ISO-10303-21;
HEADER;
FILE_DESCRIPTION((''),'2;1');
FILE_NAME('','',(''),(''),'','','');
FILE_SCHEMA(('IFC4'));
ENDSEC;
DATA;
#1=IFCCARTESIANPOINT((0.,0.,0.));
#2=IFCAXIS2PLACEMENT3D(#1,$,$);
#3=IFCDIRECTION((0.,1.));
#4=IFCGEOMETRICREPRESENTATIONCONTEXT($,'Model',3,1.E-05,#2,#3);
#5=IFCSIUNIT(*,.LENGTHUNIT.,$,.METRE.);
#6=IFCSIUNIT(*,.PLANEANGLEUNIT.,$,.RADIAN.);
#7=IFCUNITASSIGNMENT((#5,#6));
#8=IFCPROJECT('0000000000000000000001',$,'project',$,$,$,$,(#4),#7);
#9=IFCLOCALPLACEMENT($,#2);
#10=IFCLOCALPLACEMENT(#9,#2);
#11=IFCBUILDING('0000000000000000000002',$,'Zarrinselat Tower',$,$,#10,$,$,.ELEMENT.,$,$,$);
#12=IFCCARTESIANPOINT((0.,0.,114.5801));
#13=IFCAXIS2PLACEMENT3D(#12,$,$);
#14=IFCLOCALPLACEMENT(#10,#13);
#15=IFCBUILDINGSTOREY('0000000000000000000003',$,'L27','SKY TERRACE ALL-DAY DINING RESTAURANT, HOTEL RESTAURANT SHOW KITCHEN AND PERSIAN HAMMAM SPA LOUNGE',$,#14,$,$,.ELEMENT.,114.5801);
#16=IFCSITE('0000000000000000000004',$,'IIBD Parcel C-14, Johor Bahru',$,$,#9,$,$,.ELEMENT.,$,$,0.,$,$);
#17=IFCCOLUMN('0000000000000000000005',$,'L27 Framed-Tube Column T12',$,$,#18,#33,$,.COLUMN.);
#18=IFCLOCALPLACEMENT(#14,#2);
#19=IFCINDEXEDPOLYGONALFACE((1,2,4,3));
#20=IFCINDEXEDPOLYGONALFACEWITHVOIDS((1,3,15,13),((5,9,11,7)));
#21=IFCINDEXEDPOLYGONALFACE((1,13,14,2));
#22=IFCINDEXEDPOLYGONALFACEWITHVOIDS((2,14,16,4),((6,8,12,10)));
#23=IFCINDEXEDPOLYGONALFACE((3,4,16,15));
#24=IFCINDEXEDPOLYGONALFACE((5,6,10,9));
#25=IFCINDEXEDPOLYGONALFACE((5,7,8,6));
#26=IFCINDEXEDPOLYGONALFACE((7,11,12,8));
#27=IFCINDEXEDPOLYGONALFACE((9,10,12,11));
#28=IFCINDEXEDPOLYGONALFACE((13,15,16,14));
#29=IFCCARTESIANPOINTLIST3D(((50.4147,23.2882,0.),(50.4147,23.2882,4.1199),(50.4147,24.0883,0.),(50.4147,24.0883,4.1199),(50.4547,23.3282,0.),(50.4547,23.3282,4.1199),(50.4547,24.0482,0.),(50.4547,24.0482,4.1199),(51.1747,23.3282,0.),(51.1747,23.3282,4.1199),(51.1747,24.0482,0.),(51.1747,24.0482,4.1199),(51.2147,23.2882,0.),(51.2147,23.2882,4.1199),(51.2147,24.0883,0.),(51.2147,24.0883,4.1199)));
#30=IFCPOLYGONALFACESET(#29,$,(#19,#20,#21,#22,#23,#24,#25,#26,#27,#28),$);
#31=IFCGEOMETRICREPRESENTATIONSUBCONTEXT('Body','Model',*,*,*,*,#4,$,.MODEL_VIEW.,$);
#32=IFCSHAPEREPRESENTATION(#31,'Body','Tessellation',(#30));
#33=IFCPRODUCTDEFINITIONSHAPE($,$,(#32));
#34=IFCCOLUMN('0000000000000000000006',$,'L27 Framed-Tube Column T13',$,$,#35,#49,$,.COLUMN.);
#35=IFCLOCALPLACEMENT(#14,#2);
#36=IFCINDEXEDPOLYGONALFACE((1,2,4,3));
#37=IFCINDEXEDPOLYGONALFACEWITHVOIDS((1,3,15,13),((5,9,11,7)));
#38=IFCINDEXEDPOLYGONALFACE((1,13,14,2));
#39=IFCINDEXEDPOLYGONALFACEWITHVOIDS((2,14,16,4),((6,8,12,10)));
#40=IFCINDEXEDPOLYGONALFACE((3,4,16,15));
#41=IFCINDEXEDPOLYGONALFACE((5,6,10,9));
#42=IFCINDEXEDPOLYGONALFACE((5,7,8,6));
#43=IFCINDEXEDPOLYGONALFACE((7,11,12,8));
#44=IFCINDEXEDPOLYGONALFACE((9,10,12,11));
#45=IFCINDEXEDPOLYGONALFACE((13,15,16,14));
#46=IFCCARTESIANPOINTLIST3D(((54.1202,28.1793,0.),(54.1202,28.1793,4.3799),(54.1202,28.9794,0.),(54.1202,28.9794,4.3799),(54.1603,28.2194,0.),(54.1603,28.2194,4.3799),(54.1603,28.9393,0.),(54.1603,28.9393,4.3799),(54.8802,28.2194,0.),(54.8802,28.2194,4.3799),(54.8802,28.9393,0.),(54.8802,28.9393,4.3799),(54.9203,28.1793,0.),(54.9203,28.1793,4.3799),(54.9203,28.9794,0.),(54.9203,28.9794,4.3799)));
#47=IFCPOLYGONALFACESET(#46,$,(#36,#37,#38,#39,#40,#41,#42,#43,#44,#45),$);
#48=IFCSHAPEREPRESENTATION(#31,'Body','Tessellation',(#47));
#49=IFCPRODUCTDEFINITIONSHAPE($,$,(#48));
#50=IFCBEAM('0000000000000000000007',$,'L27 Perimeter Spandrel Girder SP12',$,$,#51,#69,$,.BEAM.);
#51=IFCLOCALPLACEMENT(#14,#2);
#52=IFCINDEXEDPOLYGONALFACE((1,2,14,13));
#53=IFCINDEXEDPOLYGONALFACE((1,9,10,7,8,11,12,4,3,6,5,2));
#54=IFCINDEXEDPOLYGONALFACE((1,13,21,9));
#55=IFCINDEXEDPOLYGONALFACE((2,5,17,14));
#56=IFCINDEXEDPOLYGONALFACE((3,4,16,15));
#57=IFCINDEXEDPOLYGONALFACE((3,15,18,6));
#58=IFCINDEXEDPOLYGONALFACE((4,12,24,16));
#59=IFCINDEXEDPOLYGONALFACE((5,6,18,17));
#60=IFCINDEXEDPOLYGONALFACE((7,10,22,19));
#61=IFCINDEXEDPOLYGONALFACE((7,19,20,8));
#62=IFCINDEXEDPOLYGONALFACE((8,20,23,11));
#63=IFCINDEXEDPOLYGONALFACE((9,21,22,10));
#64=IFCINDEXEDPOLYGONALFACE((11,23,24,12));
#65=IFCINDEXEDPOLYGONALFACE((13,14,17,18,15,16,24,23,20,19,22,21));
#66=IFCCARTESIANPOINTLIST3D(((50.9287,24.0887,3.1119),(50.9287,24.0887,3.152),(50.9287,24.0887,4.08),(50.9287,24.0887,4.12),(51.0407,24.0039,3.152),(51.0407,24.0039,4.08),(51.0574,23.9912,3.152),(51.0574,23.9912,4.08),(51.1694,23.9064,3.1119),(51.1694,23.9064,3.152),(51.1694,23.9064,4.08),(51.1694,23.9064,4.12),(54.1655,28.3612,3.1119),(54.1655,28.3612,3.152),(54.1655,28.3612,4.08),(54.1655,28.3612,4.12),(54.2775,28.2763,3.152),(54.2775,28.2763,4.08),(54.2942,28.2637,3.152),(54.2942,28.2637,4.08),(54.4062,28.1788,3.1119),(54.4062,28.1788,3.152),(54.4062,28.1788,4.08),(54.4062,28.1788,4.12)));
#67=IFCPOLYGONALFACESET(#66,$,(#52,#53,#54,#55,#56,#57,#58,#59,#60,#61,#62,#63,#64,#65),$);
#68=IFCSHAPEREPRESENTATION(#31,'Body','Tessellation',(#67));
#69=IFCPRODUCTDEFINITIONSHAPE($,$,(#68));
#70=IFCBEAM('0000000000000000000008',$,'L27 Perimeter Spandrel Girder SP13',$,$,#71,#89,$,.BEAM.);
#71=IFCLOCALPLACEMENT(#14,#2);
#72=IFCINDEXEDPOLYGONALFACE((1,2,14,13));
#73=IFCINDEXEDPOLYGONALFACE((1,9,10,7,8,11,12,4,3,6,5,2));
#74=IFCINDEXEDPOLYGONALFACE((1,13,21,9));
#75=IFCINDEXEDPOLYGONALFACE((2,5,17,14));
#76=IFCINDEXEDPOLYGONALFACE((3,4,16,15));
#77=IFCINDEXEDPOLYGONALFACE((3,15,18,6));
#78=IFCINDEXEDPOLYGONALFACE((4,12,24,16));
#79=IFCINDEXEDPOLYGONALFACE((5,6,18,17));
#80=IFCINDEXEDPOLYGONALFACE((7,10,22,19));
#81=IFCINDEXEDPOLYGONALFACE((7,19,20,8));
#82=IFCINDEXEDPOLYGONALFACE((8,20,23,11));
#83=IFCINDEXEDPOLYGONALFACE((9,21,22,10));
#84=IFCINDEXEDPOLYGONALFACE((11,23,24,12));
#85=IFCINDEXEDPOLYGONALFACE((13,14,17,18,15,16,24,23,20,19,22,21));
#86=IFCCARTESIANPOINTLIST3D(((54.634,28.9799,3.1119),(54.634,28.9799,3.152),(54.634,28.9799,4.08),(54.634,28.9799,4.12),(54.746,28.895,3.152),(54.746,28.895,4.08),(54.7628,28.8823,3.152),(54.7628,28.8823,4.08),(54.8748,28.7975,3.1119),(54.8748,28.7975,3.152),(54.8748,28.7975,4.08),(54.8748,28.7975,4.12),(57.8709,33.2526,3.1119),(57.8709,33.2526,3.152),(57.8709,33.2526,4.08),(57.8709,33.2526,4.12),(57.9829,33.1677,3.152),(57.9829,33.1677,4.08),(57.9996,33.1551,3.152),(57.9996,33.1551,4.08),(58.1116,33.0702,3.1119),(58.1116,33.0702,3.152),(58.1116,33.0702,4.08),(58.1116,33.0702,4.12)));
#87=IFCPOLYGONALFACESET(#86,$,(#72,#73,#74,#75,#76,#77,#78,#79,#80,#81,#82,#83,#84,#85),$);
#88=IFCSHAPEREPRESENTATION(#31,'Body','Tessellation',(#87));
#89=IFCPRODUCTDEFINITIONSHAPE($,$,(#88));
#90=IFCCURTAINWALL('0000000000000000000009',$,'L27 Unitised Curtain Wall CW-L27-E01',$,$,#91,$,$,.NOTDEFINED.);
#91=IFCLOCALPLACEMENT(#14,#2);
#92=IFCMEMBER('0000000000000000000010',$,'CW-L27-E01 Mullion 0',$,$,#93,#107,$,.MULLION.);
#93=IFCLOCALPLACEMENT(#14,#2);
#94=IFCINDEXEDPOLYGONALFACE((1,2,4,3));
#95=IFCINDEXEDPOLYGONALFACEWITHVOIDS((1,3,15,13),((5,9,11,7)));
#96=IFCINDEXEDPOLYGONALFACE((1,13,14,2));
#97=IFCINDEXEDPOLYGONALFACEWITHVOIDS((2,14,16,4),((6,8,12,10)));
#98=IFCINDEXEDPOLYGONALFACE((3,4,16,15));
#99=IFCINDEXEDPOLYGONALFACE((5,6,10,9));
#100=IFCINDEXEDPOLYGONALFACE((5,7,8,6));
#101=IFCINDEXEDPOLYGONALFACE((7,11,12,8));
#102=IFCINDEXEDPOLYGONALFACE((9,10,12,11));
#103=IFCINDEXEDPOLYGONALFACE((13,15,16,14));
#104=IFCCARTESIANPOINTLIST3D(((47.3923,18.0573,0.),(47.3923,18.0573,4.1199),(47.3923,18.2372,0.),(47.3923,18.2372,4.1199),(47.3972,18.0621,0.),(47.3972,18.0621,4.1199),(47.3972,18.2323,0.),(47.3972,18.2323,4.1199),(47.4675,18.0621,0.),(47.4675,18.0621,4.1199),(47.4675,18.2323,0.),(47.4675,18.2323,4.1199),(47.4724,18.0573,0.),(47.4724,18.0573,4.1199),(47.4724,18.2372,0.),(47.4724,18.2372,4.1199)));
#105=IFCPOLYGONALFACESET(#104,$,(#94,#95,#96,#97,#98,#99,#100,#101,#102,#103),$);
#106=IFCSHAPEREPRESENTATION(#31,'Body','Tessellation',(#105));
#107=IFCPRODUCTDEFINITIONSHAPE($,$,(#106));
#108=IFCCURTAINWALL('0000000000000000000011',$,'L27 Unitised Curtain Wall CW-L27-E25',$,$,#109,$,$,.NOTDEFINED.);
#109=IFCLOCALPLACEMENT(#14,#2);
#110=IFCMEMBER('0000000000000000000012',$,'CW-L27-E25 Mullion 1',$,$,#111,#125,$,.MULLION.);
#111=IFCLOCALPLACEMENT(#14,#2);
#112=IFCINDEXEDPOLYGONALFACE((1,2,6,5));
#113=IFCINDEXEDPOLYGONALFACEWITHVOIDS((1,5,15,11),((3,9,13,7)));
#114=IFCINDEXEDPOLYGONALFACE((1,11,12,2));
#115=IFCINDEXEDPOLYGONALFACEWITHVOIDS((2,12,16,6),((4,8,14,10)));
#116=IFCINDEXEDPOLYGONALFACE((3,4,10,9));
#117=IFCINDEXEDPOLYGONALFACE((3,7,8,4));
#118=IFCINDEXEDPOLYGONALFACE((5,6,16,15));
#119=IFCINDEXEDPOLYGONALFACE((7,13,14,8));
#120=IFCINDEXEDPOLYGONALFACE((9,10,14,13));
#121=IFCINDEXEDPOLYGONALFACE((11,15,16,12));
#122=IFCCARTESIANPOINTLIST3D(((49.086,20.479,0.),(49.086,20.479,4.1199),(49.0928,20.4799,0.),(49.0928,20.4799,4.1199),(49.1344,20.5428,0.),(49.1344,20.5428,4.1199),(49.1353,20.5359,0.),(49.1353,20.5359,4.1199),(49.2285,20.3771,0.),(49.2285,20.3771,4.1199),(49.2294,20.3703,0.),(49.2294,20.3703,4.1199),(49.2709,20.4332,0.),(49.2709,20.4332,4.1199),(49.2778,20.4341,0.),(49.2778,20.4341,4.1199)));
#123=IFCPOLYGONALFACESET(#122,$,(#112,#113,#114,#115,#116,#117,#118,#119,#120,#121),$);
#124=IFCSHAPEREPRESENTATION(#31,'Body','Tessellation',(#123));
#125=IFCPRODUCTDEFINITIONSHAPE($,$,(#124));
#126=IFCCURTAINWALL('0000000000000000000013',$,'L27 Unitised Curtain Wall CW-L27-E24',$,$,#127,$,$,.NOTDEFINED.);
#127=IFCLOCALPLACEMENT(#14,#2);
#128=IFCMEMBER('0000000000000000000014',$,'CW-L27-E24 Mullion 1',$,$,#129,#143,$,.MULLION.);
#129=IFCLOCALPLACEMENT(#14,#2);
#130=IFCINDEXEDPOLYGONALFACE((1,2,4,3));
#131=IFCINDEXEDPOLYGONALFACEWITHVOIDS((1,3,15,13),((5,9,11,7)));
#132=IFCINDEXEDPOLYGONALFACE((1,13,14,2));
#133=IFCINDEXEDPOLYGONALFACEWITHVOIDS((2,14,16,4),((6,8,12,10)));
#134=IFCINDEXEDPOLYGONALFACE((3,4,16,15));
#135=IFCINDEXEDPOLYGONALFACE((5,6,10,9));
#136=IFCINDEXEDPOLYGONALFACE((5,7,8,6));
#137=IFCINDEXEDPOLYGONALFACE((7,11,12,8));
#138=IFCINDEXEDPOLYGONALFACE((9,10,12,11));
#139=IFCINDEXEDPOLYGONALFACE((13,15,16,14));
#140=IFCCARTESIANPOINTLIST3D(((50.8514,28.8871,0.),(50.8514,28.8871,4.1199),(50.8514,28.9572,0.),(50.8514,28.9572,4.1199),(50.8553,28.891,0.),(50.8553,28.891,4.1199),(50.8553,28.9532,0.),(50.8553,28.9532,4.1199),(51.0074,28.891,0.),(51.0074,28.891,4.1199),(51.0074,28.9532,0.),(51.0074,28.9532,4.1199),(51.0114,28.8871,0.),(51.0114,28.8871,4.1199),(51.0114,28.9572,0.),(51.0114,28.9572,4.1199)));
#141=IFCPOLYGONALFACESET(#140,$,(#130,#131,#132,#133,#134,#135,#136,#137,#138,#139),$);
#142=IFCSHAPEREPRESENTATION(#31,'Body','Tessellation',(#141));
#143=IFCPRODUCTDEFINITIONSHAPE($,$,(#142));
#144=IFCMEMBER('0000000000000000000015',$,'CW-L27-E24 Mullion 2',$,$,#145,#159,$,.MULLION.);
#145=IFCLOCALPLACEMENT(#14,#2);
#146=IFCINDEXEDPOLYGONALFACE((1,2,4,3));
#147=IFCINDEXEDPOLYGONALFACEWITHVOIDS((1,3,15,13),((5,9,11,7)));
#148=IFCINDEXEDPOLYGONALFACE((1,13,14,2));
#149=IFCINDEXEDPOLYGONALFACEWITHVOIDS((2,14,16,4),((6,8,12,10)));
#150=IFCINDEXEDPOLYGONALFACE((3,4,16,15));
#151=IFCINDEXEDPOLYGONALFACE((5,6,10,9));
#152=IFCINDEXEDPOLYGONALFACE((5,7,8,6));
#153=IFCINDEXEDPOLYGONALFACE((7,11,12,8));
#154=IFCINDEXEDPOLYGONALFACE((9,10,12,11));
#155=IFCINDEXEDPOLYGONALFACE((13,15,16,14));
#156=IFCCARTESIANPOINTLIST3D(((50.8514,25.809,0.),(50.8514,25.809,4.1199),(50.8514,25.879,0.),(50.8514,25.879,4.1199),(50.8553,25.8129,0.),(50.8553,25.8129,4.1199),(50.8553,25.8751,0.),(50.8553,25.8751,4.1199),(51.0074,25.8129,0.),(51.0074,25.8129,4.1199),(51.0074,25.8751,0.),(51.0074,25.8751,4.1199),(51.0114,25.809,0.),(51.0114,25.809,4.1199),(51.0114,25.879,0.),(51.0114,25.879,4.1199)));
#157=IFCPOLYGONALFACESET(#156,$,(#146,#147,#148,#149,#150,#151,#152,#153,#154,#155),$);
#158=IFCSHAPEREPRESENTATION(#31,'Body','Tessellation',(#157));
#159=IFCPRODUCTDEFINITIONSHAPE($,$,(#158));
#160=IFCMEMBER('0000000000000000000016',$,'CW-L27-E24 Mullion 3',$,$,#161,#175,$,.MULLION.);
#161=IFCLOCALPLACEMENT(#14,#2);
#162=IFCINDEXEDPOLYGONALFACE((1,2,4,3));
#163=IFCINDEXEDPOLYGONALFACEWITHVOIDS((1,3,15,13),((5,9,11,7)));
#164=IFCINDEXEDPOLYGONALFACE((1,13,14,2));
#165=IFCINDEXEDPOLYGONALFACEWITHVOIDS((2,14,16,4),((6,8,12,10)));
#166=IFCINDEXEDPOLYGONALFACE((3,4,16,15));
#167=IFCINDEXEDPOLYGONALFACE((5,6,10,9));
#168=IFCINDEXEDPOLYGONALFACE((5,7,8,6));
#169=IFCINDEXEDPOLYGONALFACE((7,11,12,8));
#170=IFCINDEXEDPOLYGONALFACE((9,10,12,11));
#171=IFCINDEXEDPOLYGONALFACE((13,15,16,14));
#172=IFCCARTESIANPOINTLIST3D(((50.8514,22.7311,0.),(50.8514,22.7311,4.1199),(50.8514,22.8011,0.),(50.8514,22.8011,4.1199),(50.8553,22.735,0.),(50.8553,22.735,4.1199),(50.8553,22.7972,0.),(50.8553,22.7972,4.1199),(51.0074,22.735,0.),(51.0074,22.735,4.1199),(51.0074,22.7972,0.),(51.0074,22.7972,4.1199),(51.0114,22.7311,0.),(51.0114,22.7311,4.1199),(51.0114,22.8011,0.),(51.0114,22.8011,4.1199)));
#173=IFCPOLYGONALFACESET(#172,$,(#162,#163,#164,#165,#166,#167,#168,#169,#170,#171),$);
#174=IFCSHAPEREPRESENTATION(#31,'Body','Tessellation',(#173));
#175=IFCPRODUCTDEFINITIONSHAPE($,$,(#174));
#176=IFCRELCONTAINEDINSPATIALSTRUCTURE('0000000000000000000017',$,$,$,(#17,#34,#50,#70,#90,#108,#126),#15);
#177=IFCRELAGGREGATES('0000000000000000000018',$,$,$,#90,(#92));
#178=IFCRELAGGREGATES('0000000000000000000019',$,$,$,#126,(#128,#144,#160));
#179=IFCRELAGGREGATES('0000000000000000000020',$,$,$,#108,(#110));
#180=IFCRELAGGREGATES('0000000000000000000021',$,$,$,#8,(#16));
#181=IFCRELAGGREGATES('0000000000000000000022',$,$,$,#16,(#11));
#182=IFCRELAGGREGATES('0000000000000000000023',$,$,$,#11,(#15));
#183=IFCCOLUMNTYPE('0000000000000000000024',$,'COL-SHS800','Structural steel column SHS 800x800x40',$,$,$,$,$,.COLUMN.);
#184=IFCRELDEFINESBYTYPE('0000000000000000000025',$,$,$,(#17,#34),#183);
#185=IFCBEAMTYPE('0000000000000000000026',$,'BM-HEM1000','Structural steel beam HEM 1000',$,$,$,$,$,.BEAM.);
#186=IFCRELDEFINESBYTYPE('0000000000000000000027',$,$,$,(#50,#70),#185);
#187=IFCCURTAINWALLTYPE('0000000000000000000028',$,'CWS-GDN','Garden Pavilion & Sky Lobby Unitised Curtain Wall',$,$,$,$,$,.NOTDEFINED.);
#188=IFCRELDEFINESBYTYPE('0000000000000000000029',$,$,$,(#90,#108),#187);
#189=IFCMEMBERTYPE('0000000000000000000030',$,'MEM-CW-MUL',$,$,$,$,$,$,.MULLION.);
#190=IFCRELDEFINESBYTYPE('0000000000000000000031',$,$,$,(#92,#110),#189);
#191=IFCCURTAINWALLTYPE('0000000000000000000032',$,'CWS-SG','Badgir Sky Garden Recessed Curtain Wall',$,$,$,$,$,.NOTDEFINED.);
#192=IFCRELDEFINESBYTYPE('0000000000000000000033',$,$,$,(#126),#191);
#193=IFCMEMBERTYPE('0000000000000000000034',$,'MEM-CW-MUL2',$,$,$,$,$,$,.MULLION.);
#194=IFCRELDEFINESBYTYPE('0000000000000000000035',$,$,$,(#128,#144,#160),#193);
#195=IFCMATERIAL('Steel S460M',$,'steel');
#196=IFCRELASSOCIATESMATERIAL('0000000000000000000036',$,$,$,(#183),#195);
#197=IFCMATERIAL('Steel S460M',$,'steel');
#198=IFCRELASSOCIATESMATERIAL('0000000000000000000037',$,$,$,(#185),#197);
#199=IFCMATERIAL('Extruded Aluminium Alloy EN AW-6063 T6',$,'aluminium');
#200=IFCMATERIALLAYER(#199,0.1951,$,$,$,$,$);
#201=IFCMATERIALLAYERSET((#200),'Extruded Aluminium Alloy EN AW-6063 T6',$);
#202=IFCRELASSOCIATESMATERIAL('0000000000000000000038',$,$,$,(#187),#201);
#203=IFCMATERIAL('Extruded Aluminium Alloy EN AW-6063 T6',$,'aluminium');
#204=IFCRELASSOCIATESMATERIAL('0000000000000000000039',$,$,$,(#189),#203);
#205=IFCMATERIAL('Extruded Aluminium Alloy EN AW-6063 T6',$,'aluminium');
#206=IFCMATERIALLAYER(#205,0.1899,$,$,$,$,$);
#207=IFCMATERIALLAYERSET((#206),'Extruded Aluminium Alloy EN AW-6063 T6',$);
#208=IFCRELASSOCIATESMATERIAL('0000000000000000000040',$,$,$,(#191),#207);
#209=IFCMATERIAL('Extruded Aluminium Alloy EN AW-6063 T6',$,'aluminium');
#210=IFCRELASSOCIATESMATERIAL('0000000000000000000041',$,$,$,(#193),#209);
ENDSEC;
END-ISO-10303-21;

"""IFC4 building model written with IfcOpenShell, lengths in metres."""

from ifc_helpers import new_model, si_unit, direction, frame, origin, origin_2d, place, context, subcontext, project, spatial, hollow_rectangle, i_section, extrude, material, layer, layer_set, material_profile, profile_set, type_object, element, aggregate, save


model = new_model("IFC4")

# Units and contexts
model_context = context("Model", 3, precision=1e-05, world=origin(), true_north=direction((0.0, 1.0)))
body_context = subcontext(model_context, "Body", "Model", "MODEL_VIEW")
ifc_project = project(units=[si_unit("LENGTHUNIT", "METRE"), si_unit("PLANEANGLEUNIT", "RADIAN")], contexts=[model_context])

# Site, building, storey
site_placement = place(None, origin())
site = spatial("IfcSite", under=ifc_project, at=site_placement, Name="IIBD Parcel C-14, Johor Bahru", CompositionType="ELEMENT", RefElevation=0.0)
building_placement = place(site_placement, origin())
building = spatial("IfcBuilding", under=site, at=building_placement, Name="Zarrinselat Tower", CompositionType="ELEMENT")
storey_placement = place(building_placement, frame((0.0, 0.0, 114.5801)))
storey = spatial("IfcBuildingStorey", under=building, at=storey_placement, Name="L27", Description="SKY TERRACE ALL-DAY DINING RESTAURANT, HOTEL RESTAURANT SHOW KITCHEN AND PERSIAN HAMMAM SPA LOUNGE", CompositionType="ELEMENT", Elevation=114.5801)

# Columns
ifc_material_1 = material(Name="Steel S460M", Category="steel")
ifc_material_profile_1 = material_profile(ifc_material_1, hollow_rectangle(XDim=0.8, YDim=0.8, WallThickness=0.04, at=origin_2d()), Name="SHS 800x800x40")
ifc_profile_set_1 = profile_set([ifc_material_profile_1], Name="Steel S460M")
column_type = type_object("IfcColumnType", Name="COL-SHS800", Description="Structural steel column SHS 800x800x40", PredefinedType="COLUMN", material=ifc_profile_set_1)
column_1_placement = place(storey_placement, frame((50.8147, 23.6882, 0.0), z_axis=(0.0, 0.0, 1.0), x_axis=(1.0, 0.0, 0.0)))
element("IfcColumn", 1, at=column_1_placement, inside=storey, type_object=column_type, Name="L27 Framed-Tube Column T12", PredefinedType="COLUMN", context=body_context, shape_type="SweptSolid", body=[
    extrude(hollow_rectangle(XDim=0.8, YDim=0.8, WallThickness=0.04, at=origin_2d()), origin(), (0.0, 0.0, 1.0), 4.1199),
])
column_2_placement = place(storey_placement, frame((54.5203, 28.5793, 0.0), z_axis=(0.0, 0.0, 1.0), x_axis=(1.0, 0.0, 0.0)))
element("IfcColumn", 2, at=column_2_placement, inside=storey, type_object=column_type, Name="L27 Framed-Tube Column T13", PredefinedType="COLUMN", context=body_context, shape_type="SweptSolid", body=[
    extrude(hollow_rectangle(XDim=0.8, YDim=0.8, WallThickness=0.04, at=origin_2d()), origin(), (0.0, 0.0, 1.0), 4.3799),
])

# Beams
ifc_material_2 = material(Name="Steel S460M", Category="steel")
ifc_material_profile_2 = material_profile(ifc_material_2, i_section(OverallWidth=0.302, OverallDepth=1.0081, WebThickness=0.021, FlangeThickness=0.04, at=origin_2d()), Name="HEM 1000")
ifc_profile_set_2 = profile_set([ifc_material_profile_2], Name="Steel S460M")
beam_type = type_object("IfcBeamType", Name="BM-HEM1000", Description="Structural steel beam HEM 1000", PredefinedType="BEAM", material=ifc_profile_set_2)
beam_1_placement = place(storey_placement, frame((51.0491, 23.9976, 3.616), z_axis=(0.60387, 0.797083, 0.0), x_axis=(-0.797083, 0.60387, 0.0)))
element("IfcBeam", 3, at=beam_1_placement, inside=storey, type_object=beam_type, Name="L27 Perimeter Spandrel Girder SP12", PredefinedType="BEAM", context=body_context, shape_type="SweptSolid", body=[
    extrude(i_section(OverallWidth=0.302, OverallDepth=1.0081, WebThickness=0.021, FlangeThickness=0.04, at=origin_2d()), origin(), (0.0, 0.0, 1.0), 5.3601),
])
beam_2_placement = place(storey_placement, frame((54.7544, 28.8887, 3.616), z_axis=(0.603848, 0.797099, 0.0), x_axis=(-0.797099, 0.603848, 0.0)))
element("IfcBeam", 4, at=beam_2_placement, inside=storey, type_object=beam_type, Name="L27 Perimeter Spandrel Girder SP13", PredefinedType="BEAM", context=body_context, shape_type="SweptSolid", body=[
    extrude(i_section(OverallWidth=0.302, OverallDepth=1.0081, WebThickness=0.021, FlangeThickness=0.04, at=origin_2d()), origin(), (0.0, 0.0, 1.0), 5.3604),
])

# Curtain walls, members
ifc_material_3 = material(Name="Extruded Aluminium Alloy EN AW-6063 T6", Category="aluminium")
ifc_layer_1 = layer(ifc_material_3, 0.1951)
ifc_layer_set_1 = layer_set([ifc_layer_1], Name="Extruded Aluminium Alloy EN AW-6063 T6")
curtain_wall_type_1 = type_object("IfcCurtainWallType", Name="CWS-GDN", Description="Garden Pavilion & Sky Lobby Unitised Curtain Wall", PredefinedType="NOTDEFINED", material=ifc_layer_set_1)
curtain_wall_1_placement = place(storey_placement, origin())
curtain_wall_1 = element("IfcCurtainWall", 5, at=curtain_wall_1_placement, inside=storey, type_object=curtain_wall_type_1, Name="L27 Unitised Curtain Wall CW-L27-E01", PredefinedType="NOTDEFINED")
ifc_material_4 = material(Name="Extruded Aluminium Alloy EN AW-6063 T6", Category="aluminium")
ifc_material_profile_3 = material_profile(ifc_material_4, hollow_rectangle(XDim=0.0801, YDim=0.1799, WallThickness=0.0049, at=origin_2d()), Name="RHS 180x80x5")
ifc_profile_set_3 = profile_set([ifc_material_profile_3], Name="Extruded Aluminium Alloy EN AW-6063 T6")
member_type_1 = type_object("IfcMemberType", Name="MEM-CW-MUL", PredefinedType="MULLION", material=ifc_profile_set_3)
member_1_placement = place(storey_placement, frame((47.4324, 18.1472, 0.0), z_axis=(0.0, 0.0, 1.0), x_axis=(-1.0, 0.0, 0.0)))
member_1 = element("IfcMember", 6, at=member_1_placement, type_object=member_type_1, Name="CW-L27-E01 Mullion 0", PredefinedType="MULLION", context=body_context, shape_type="SweptSolid", body=[
    extrude(hollow_rectangle(XDim=0.0801, YDim=0.1799, WallThickness=0.0049, at=origin_2d()), origin(), (0.0, 0.0, 1.0), 4.1199),
])
aggregate(curtain_wall_1, [member_1])
curtain_wall_2_placement = place(storey_placement, origin())
curtain_wall_2 = element("IfcCurtainWall", 7, at=curtain_wall_2_placement, inside=storey, type_object=curtain_wall_type_1, Name="L27 Unitised Curtain Wall CW-L27-E25", PredefinedType="NOTDEFINED")
member_2_placement = place(storey_placement, frame((49.1819, 20.4565, 0.0), z_axis=(0.0, 0.0, 1.0), x_axis=(-0.60386, -0.79709, 0.0)))
member_2 = element("IfcMember", 8, at=member_2_placement, type_object=member_type_1, Name="CW-L27-E25 Mullion 1", PredefinedType="MULLION", context=body_context, shape_type="SweptSolid", body=[
    extrude(hollow_rectangle(XDim=0.0801, YDim=0.1799, WallThickness=0.0049, at=origin_2d()), origin(), (0.0, 0.0, 1.0), 4.1199),
])

# Curtain wall, members
ifc_material_5 = material(Name="Extruded Aluminium Alloy EN AW-6063 T6", Category="aluminium")
ifc_layer_2 = layer(ifc_material_5, 0.1899)
ifc_layer_set_2 = layer_set([ifc_layer_2], Name="Extruded Aluminium Alloy EN AW-6063 T6")
curtain_wall_type_2 = type_object("IfcCurtainWallType", Name="CWS-SG", Description="Badgir Sky Garden Recessed Curtain Wall", PredefinedType="NOTDEFINED", material=ifc_layer_set_2)
curtain_wall_3_placement = place(storey_placement, origin())
curtain_wall_3 = element("IfcCurtainWall", 9, at=curtain_wall_3_placement, inside=storey, type_object=curtain_wall_type_2, Name="L27 Unitised Curtain Wall CW-L27-E24", PredefinedType="NOTDEFINED")
ifc_material_6 = material(Name="Extruded Aluminium Alloy EN AW-6063 T6", Category="aluminium")
ifc_material_profile_4 = material_profile(ifc_material_6, hollow_rectangle(XDim=0.0701, YDim=0.1599, WallThickness=0.0039, at=origin_2d()), Name="RHS 160x70x4")
ifc_profile_set_4 = profile_set([ifc_material_profile_4], Name="Extruded Aluminium Alloy EN AW-6063 T6")
member_type_2 = type_object("IfcMemberType", Name="MEM-CW-MUL2", PredefinedType="MULLION", material=ifc_profile_set_4)
member_3_placement = place(storey_placement, frame((50.9314, 28.9221, 0.0), z_axis=(0.0, 0.0, 1.0), x_axis=(0.0, -1.0, 0.0)))
member_3 = element("IfcMember", 10, at=member_3_placement, type_object=member_type_2, Name="CW-L27-E24 Mullion 1", PredefinedType="MULLION", context=body_context, shape_type="SweptSolid", body=[
    extrude(hollow_rectangle(XDim=0.0701, YDim=0.1599, WallThickness=0.0039, at=origin_2d()), origin(), (0.0, 0.0, 1.0), 4.1199),
])
member_4_placement = place(storey_placement, frame((50.9314, 25.844, 0.0), z_axis=(0.0, 0.0, 1.0), x_axis=(0.0, -1.0, 0.0)))
member_4 = element("IfcMember", 11, at=member_4_placement, type_object=member_type_2, Name="CW-L27-E24 Mullion 2", PredefinedType="MULLION", context=body_context, shape_type="SweptSolid", body=[
    extrude(hollow_rectangle(XDim=0.0701, YDim=0.1599, WallThickness=0.0039, at=origin_2d()), origin(), (0.0, 0.0, 1.0), 4.1199),
])
member_5_placement = place(storey_placement, frame((50.9314, 22.7661, 0.0), z_axis=(0.0, 0.0, 1.0), x_axis=(0.0, -1.0, 0.0)))
member_5 = element("IfcMember", 12, at=member_5_placement, type_object=member_type_2, Name="CW-L27-E24 Mullion 3", PredefinedType="MULLION", context=body_context, shape_type="SweptSolid", body=[
    extrude(hollow_rectangle(XDim=0.0701, YDim=0.1599, WallThickness=0.0039, at=origin_2d()), origin(), (0.0, 0.0, 1.0), 4.1199),
])

aggregate(curtain_wall_3, [member_3, member_4, member_5])
aggregate(curtain_wall_2, [member_2])

save(model, "model.ifc")
